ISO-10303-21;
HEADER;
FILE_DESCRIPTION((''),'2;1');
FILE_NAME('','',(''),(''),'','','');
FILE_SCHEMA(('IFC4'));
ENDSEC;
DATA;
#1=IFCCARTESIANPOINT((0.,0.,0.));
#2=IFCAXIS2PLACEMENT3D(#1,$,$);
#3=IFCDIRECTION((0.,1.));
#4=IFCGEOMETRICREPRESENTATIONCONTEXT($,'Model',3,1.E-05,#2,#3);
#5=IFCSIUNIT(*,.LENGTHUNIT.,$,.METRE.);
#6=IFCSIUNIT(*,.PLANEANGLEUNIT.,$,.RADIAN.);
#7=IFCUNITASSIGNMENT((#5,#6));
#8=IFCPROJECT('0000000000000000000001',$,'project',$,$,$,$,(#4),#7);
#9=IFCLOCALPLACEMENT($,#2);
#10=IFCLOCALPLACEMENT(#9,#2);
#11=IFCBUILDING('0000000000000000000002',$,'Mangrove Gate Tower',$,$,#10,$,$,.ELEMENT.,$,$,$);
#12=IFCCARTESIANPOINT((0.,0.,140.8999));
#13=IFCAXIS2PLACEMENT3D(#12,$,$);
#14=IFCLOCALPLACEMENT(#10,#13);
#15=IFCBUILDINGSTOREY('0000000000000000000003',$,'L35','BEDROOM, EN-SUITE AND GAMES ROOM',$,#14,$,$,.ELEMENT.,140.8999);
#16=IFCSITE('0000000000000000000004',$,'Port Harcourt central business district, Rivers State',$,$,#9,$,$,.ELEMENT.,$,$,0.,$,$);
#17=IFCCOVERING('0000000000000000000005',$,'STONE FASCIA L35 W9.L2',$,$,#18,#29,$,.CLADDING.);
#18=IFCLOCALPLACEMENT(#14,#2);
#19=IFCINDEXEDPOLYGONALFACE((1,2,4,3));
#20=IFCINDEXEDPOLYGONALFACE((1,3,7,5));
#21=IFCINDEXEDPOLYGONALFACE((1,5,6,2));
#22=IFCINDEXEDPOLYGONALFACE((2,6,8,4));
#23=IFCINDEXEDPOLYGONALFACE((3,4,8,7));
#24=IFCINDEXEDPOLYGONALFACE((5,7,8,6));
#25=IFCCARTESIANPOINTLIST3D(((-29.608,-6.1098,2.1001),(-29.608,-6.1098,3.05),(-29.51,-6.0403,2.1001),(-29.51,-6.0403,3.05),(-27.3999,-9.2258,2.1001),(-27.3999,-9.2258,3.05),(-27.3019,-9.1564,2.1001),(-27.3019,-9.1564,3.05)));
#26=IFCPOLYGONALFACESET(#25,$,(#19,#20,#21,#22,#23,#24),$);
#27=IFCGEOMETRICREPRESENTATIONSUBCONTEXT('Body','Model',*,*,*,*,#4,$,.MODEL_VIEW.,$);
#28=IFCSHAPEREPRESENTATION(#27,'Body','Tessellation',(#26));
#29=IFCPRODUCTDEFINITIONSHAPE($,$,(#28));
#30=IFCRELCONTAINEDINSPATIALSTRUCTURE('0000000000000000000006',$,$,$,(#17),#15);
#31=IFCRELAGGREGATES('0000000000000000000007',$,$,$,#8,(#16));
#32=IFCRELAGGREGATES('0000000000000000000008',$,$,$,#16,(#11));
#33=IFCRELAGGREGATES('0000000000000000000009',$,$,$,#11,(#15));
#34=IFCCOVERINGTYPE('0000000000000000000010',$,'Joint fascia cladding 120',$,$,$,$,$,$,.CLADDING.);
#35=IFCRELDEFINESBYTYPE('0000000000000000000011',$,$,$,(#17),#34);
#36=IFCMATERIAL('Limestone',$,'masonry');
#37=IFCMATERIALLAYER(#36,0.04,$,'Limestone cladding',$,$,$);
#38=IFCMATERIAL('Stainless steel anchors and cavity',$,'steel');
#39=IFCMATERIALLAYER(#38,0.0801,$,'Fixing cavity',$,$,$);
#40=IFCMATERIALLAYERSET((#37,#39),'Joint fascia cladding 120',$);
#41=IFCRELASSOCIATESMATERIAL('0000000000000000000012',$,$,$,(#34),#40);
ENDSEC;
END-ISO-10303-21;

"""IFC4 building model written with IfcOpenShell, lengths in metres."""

from ifc_helpers import new_model, si_unit, direction, frame, frame_2d, origin, place, context, subcontext, project, spatial, rectangle, extrude, material, layer, layer_set, type_object, element, save


model = new_model("IFC4")

# Units and contexts
model_context = context("Model", 3, precision=1e-05, world=origin(), true_north=direction((0.0, 1.0)))
body_context = subcontext(model_context, "Body", "Model", "MODEL_VIEW")
ifc_project = project(units=[si_unit("LENGTHUNIT", "METRE"), si_unit("PLANEANGLEUNIT", "RADIAN")], contexts=[model_context])

# Site, building, storey
site_placement = place(None, origin())
site = spatial("IfcSite", under=ifc_project, at=site_placement, Name="Port Harcourt central business district, Rivers State", CompositionType="ELEMENT", RefElevation=0.0)
building_placement = place(site_placement, origin())
building = spatial("IfcBuilding", under=site, at=building_placement, Name="Mangrove Gate Tower", CompositionType="ELEMENT")
storey_placement = place(building_placement, frame((0.0, 0.0, 140.8999)))
storey = spatial("IfcBuildingStorey", under=building, at=storey_placement, Name="L35", Description="BEDROOM, EN-SUITE AND GAMES ROOM", CompositionType="ELEMENT", Elevation=140.8999)

# Shared definitions
ifc_material_1 = material(Name="Limestone", Category="masonry")

# Covering
ifc_layer_1 = layer(ifc_material_1, 0.04, Name="Limestone cladding")
ifc_material_2 = material(Name="Stainless steel anchors and cavity", Category="steel")
ifc_layer_2 = layer(ifc_material_2, 0.0801, Name="Fixing cavity")
ifc_layer_set_1 = layer_set([ifc_layer_1, ifc_layer_2], Name="Joint fascia cladding 120")
covering_type = type_object("IfcCoveringType", Name="Joint fascia cladding 120", PredefinedType="CLADDING", material=ifc_layer_set_1)
covering_placement = place(storey_placement, frame((-29.5591, -6.075, 2.1001), z_axis=(0.0, 0.0, 1.0), x_axis=(0.578168, -0.815918, 0.0)))
element("IfcCovering", 1, at=covering_placement, inside=storey, type_object=covering_type, Name="STONE FASCIA L35 W9.L2", PredefinedType="CLADDING", context=body_context, shape_type="SweptSolid", body=[
    extrude(rectangle(XDim=3.8191, YDim=0.1201, at=frame_2d((1.9097, 0.0))), origin(), (0.0, 0.0, 1.0), 0.95),
])

save(model, "model.ifc")
